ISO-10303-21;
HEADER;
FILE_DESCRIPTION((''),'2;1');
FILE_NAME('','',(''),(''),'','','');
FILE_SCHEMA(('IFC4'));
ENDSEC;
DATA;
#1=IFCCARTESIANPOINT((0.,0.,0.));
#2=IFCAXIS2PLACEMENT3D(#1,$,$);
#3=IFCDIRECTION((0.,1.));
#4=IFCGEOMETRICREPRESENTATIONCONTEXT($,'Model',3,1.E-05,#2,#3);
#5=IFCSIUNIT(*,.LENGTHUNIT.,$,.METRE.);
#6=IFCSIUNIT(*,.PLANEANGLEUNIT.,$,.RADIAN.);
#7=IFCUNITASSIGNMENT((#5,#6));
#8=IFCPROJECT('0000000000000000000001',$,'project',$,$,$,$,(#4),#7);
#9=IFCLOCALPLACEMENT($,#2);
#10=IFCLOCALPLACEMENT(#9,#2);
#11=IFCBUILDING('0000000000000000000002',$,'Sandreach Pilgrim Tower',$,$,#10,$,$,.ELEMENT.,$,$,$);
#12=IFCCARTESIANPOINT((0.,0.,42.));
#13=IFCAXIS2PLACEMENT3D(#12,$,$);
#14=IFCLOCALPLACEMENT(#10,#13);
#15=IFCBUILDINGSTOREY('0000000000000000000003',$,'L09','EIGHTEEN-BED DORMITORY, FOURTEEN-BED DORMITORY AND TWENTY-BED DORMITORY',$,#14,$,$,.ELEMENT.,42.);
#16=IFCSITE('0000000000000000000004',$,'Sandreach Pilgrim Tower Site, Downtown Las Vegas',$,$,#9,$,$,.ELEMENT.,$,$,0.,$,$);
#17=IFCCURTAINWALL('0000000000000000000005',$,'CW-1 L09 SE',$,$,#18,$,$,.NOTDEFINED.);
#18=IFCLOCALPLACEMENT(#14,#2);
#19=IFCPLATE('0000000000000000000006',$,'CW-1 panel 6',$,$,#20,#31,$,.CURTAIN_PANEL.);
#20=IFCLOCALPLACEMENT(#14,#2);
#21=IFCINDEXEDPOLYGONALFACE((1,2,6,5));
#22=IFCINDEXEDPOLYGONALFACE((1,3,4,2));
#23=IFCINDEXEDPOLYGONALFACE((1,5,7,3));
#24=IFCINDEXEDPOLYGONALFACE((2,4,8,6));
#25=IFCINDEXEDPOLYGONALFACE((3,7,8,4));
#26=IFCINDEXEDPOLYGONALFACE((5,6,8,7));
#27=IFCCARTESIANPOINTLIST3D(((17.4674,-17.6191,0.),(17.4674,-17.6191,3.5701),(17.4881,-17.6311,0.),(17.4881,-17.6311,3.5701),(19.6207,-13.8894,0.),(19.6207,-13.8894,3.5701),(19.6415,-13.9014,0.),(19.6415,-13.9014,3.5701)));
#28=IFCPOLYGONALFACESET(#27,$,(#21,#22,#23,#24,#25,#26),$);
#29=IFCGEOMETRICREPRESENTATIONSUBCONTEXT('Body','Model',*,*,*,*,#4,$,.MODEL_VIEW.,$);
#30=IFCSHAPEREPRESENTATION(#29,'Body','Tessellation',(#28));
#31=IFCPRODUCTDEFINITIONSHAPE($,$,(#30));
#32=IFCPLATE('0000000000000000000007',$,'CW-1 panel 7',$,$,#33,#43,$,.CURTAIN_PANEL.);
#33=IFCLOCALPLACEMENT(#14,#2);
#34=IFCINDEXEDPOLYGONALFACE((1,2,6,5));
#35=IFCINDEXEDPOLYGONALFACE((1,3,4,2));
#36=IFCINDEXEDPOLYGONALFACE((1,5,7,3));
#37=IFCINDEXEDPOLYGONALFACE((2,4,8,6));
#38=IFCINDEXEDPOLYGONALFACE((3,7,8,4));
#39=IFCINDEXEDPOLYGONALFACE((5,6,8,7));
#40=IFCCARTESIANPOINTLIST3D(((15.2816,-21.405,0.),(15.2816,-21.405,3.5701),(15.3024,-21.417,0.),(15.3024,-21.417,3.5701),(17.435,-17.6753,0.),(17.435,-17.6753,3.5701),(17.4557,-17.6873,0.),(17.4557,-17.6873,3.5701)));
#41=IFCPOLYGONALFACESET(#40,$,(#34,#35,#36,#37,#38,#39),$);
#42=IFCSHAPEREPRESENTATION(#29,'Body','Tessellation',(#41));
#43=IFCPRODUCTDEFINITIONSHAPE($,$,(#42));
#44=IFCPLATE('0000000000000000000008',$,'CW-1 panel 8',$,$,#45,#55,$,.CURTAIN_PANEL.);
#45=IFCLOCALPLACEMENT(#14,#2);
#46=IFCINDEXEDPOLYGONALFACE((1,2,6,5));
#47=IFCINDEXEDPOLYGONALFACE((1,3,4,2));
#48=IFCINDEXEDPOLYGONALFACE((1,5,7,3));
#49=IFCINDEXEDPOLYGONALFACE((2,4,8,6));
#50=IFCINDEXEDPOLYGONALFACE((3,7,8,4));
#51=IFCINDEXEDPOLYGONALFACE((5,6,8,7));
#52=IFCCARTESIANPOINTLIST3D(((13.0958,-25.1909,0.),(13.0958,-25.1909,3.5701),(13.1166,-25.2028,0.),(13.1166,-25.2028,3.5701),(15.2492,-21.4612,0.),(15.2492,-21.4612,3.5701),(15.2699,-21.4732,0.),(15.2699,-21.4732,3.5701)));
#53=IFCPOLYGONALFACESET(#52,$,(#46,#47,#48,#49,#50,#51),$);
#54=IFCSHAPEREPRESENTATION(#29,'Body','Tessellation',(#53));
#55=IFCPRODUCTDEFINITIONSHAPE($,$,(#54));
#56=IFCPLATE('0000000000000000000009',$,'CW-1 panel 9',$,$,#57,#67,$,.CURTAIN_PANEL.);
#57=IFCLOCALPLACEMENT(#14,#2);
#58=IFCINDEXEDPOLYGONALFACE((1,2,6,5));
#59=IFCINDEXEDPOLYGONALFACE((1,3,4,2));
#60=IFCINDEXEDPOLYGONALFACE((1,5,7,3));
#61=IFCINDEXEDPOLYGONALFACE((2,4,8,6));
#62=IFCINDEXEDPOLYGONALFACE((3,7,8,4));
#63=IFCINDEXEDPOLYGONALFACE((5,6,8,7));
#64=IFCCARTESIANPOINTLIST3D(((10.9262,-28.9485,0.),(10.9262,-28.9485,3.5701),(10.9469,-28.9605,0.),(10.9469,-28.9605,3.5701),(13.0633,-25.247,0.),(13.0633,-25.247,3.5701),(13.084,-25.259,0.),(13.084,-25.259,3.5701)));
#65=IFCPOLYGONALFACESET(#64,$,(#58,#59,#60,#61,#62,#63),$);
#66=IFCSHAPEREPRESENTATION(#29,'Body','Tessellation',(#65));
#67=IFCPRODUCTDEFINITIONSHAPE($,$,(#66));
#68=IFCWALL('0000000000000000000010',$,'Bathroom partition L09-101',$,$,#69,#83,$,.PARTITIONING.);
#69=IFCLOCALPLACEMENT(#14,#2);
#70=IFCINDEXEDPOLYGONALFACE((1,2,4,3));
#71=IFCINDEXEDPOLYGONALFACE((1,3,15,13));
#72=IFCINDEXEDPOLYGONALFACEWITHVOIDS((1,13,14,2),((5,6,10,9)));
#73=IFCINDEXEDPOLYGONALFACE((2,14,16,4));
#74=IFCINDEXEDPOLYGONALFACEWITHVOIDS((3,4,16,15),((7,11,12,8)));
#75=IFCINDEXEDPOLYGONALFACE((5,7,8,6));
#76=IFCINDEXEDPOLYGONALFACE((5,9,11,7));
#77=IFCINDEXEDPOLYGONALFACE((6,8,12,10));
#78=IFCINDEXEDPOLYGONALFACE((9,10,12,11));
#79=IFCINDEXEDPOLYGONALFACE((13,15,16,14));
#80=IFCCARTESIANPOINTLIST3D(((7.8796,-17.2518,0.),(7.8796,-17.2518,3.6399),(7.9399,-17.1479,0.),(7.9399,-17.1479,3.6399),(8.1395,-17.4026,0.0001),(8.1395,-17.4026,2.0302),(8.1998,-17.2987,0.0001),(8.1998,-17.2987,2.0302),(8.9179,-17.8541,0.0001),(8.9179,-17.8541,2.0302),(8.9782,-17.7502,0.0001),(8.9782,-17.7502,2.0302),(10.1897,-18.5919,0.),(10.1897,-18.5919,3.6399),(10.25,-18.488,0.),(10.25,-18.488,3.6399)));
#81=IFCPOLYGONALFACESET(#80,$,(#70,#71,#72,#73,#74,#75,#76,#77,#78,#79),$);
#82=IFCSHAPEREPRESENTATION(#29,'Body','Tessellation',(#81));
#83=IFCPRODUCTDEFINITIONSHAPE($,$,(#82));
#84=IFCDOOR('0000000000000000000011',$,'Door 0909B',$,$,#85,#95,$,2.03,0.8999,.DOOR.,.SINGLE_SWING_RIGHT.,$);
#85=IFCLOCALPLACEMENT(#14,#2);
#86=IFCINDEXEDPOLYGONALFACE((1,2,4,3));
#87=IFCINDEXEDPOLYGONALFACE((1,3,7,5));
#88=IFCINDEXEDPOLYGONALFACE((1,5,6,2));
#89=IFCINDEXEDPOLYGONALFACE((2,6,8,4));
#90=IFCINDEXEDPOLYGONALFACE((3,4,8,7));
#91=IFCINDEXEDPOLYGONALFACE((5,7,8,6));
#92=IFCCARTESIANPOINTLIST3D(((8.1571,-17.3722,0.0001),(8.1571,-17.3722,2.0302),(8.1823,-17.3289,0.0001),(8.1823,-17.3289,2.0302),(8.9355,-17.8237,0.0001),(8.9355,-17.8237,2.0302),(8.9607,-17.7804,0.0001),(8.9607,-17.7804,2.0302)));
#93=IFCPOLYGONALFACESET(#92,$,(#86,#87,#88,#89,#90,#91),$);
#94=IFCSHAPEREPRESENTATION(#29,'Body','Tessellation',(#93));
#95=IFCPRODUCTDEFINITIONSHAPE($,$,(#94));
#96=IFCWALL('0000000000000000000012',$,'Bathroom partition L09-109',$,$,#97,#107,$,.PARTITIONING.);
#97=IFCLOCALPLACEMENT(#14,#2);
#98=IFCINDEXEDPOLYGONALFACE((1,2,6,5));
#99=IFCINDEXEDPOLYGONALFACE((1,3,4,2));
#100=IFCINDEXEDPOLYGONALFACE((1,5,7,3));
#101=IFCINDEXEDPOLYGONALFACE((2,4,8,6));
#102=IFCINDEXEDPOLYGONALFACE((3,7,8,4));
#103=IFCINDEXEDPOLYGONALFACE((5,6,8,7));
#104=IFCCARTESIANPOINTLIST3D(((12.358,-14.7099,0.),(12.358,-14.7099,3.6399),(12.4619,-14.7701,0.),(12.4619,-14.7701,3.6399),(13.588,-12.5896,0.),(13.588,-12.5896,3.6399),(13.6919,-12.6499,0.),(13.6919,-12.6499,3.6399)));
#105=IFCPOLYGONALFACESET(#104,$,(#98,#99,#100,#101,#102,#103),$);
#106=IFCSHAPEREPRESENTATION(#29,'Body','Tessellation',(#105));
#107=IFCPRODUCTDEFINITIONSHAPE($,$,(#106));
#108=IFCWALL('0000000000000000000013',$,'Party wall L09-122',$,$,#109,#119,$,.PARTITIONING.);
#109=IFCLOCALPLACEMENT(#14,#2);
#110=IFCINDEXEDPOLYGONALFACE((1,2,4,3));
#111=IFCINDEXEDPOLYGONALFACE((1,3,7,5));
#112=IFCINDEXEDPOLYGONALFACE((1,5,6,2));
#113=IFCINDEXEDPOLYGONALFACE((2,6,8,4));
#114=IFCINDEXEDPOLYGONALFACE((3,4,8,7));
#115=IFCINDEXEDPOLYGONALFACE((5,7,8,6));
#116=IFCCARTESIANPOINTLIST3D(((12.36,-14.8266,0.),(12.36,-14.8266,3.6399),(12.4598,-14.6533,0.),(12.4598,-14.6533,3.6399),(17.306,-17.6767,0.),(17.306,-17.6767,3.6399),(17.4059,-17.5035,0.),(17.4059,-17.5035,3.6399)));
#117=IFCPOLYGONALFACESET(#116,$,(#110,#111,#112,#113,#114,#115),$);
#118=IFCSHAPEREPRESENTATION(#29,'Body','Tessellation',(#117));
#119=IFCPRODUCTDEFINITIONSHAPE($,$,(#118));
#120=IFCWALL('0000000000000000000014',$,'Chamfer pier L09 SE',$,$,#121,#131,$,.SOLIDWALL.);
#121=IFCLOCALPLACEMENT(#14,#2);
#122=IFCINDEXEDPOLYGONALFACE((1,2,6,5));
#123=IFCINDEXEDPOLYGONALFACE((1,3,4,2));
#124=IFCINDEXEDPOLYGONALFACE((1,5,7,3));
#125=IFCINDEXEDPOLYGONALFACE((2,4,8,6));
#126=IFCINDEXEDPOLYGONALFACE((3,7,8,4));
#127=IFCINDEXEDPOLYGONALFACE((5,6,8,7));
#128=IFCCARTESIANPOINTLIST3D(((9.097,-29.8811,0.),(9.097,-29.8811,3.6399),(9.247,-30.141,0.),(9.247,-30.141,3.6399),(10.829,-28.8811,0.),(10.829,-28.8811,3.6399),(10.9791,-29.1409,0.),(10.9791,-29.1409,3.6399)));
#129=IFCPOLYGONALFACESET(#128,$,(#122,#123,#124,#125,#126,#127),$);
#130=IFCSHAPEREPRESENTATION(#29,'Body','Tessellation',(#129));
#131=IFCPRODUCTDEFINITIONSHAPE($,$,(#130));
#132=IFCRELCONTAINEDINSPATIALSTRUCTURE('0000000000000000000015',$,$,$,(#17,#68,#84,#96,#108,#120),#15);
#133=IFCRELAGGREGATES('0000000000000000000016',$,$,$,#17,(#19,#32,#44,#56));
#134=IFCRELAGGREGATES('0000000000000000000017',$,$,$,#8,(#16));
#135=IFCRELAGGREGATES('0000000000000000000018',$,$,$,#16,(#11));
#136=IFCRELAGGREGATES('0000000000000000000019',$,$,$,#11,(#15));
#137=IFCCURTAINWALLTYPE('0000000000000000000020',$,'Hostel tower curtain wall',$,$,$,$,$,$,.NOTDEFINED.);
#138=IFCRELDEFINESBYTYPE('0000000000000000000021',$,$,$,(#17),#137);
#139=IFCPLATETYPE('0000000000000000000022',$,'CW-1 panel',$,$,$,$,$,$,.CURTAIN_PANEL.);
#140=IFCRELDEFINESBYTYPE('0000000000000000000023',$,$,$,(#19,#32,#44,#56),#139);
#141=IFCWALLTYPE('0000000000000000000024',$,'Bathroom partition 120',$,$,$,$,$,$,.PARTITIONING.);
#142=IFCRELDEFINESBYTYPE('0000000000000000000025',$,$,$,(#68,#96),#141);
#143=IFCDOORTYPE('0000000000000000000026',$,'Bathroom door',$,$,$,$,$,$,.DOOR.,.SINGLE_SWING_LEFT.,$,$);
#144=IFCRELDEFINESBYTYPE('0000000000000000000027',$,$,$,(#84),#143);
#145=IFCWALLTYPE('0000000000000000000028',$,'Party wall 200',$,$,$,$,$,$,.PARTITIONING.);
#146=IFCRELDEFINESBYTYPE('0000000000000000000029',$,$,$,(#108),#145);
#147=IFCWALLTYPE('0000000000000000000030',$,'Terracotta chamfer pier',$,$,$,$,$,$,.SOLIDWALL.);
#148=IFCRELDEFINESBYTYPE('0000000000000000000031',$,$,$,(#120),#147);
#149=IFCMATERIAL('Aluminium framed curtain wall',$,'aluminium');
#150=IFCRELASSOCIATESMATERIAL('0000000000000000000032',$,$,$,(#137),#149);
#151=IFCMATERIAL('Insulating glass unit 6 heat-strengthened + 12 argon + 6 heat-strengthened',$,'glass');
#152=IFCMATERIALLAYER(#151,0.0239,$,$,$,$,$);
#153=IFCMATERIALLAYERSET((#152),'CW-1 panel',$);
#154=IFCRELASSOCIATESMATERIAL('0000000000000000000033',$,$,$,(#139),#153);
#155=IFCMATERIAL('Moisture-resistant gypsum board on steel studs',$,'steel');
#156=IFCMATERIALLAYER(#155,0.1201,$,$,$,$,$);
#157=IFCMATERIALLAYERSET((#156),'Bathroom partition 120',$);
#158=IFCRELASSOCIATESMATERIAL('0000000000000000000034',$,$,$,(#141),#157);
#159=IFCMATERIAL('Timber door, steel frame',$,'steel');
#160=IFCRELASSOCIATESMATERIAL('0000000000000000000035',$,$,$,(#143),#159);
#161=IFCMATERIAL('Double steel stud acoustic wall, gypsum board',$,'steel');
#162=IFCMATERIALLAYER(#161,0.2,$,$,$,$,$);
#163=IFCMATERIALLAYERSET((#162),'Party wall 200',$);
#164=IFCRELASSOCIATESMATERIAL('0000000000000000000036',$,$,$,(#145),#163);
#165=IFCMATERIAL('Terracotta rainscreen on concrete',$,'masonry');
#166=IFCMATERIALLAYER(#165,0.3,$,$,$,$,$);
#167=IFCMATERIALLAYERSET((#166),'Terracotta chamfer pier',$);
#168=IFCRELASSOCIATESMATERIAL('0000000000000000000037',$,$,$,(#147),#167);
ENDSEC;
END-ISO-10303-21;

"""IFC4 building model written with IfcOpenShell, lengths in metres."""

from ifc_helpers import new_model, si_unit, direction, frame, frame_2d, origin, origin_2d, place, context, subcontext, project, spatial, rectangle, extrude, material, layer, layer_set, type_object, element, fill, aggregate, save


model = new_model("IFC4")

# Units and contexts
model_context = context("Model", 3, precision=1e-05, world=origin(), true_north=direction((0.0, 1.0)))
body_context = subcontext(model_context, "Body", "Model", "MODEL_VIEW")
ifc_project = project(units=[si_unit("LENGTHUNIT", "METRE"), si_unit("PLANEANGLEUNIT", "RADIAN")], contexts=[model_context])

# Site, building, storey
site_placement = place(None, origin())
site = spatial("IfcSite", under=ifc_project, at=site_placement, Name="Sandreach Pilgrim Tower Site, Downtown Las Vegas", CompositionType="ELEMENT", RefElevation=0.0)
building_placement = place(site_placement, origin())
building = spatial("IfcBuilding", under=site, at=building_placement, Name="Sandreach Pilgrim Tower", CompositionType="ELEMENT")
storey_placement = place(building_placement, frame((0.0, 0.0, 42.0)))
storey = spatial("IfcBuildingStorey", under=building, at=storey_placement, Name="L09", Description="EIGHTEEN-BED DORMITORY, FOURTEEN-BED DORMITORY AND TWENTY-BED DORMITORY", CompositionType="ELEMENT", Elevation=42.0)

# Curtain wall
ifc_material_1 = material(Name="Aluminium framed curtain wall", Category="aluminium")
curtain_wall_type = type_object("IfcCurtainWallType", Name="Hostel tower curtain wall", PredefinedType="NOTDEFINED", material=ifc_material_1)
curtain_wall_1_placement = place(storey_placement, origin())
curtain_wall_1 = element("IfcCurtainWall", 1, at=curtain_wall_1_placement, inside=storey, type_object=curtain_wall_type, Name="CW-1 L09 SE", PredefinedType="NOTDEFINED")

# Plates
ifc_material_2 = material(Name="Insulating glass unit 6 heat-strengthened + 12 argon + 6 heat-strengthened", Category="glass")
ifc_layer_1 = layer(ifc_material_2, 0.0239)
ifc_layer_set_1 = layer_set([ifc_layer_1], Name="CW-1 panel")
plate_type = type_object("IfcPlateType", Name="CW-1 panel", PredefinedType="CURTAIN_PANEL", material=ifc_layer_set_1)
plate_1_placement = place(storey_placement, frame((18.5544, -15.7603, 0.0), z_axis=(0.0, 0.0, 1.0), x_axis=(-0.5, -0.866025, 0.0)))
plate_1 = element("IfcPlate", 2, at=plate_1_placement, type_object=plate_type, Name="CW-1 panel 6", PredefinedType="CURTAIN_PANEL", context=body_context, shape_type="SweptSolid", body=[
    extrude(rectangle(XDim=4.3066, YDim=0.0239, at=origin_2d()), origin(), (0.0, 0.0, 1.0), 3.5701),
])
plate_2_placement = place(storey_placement, frame((16.3687, -19.5461, 0.0), z_axis=(0.0, 0.0, 1.0), x_axis=(-0.5, -0.866025, 0.0)))
plate_2 = element("IfcPlate", 3, at=plate_2_placement, type_object=plate_type, Name="CW-1 panel 7", PredefinedType="CURTAIN_PANEL", context=body_context, shape_type="SweptSolid", body=[
    extrude(rectangle(XDim=4.3066, YDim=0.0239, at=origin_2d()), origin(), (0.0, 0.0, 1.0), 3.5701),
])
plate_3_placement = place(storey_placement, frame((14.1829, -23.332, 0.0), z_axis=(0.0, 0.0, 1.0), x_axis=(-0.5, -0.866025, 0.0)))
plate_3 = element("IfcPlate", 4, at=plate_3_placement, type_object=plate_type, Name="CW-1 panel 8", PredefinedType="CURTAIN_PANEL", context=body_context, shape_type="SweptSolid", body=[
    extrude(rectangle(XDim=4.3066, YDim=0.0239, at=origin_2d()), origin(), (0.0, 0.0, 1.0), 3.5701),
])
plate_4_placement = place(storey_placement, frame((12.0051, -27.1038, 0.0), z_axis=(0.0, 0.0, 1.0), x_axis=(-0.5, -0.866025, 0.0)))
plate_4 = element("IfcPlate", 5, at=plate_4_placement, type_object=plate_type, Name="CW-1 panel 9", PredefinedType="CURTAIN_PANEL", context=body_context, shape_type="SweptSolid", body=[
    extrude(rectangle(XDim=4.2742, YDim=0.0239, at=origin_2d()), origin(), (0.0, 0.0, 1.0), 3.5701),
])
aggregate(curtain_wall_1, [plate_1, plate_2, plate_3, plate_4])

# Wall, opening, door
ifc_material_3 = material(Name="Moisture-resistant gypsum board on steel studs", Category="steel")
ifc_layer_2 = layer(ifc_material_3, 0.1201)
ifc_layer_set_2 = layer_set([ifc_layer_2], Name="Bathroom partition 120")
wall_type_1 = type_object("IfcWallType", Name="Bathroom partition 120", PredefinedType="PARTITIONING", material=ifc_layer_set_2)
wall_1_placement = place(storey_placement, frame((10.22, -18.54, 0.0), z_axis=(0.0, 0.0, 1.0), x_axis=(-0.86499, 0.501789, 0.0)))
wall_1 = element("IfcWall", 6, at=wall_1_placement, inside=storey, type_object=wall_type_1, Name="Bathroom partition L09-101", PredefinedType="PARTITIONING", context=body_context, shape_type="SweptSolid", body=[
    extrude(rectangle(XDim=2.6707, YDim=0.1201, at=frame_2d((1.3354, 0.0))), origin(), (0.0, 0.0, 1.0), 3.6399),
])
opening_placement = place(wall_1_placement, frame((1.4705, 0.0, 0.0)))
opening = element("IfcOpeningElement", 7, at=opening_placement, cuts=wall_1, PredefinedType="OPENING", context=body_context, shape_type="SweptSolid", body=[
    extrude(rectangle(XDim=0.8999, YDim=2.03, at=frame_2d((0.45, 1.0151))), frame((0.0, 0.0601, 0.0), z_axis=(0.0, -1.0, 0.0), x_axis=(1.0, 0.0, 0.0)), (0.0, 0.0, 1.0), 0.1201),
])
ifc_material_4 = material(Name="Timber door, steel frame", Category="steel")
door_type = type_object("IfcDoorType", Name="Bathroom door", OperationType="SINGLE_SWING_LEFT", PredefinedType="DOOR", material=ifc_material_4)
door_placement = place(opening_placement, origin())
door = element("IfcDoor", 8, at=door_placement, inside=storey, type_object=door_type, Name="Door 0909B", OperationType="SINGLE_SWING_RIGHT", OverallHeight=2.03, OverallWidth=0.8999, PredefinedType="DOOR", context=body_context, shape_type="SweptSolid", body=[
    extrude(rectangle(XDim=0.8999, YDim=2.03, at=frame_2d((0.45, 1.0151))), frame((0.0, 0.0249, 0.0), z_axis=(0.0, -1.0, 0.0), x_axis=(1.0, 0.0, 0.0)), (0.0, 0.0, 1.0), 0.05),
])
fill(opening, door)

# Walls
wall_2_placement = place(storey_placement, frame((12.4099, -14.74, 0.0), z_axis=(0.0, 0.0, 1.0), x_axis=(0.501813, 0.864976, 0.0)))
element("IfcWall", 9, at=wall_2_placement, inside=storey, type_object=wall_type_1, Name="Bathroom partition L09-109", PredefinedType="PARTITIONING", context=body_context, shape_type="SweptSolid", body=[
    extrude(rectangle(XDim=2.4512, YDim=0.1201, at=frame_2d((1.2256, 0.0))), origin(), (0.0, 0.0, 1.0), 3.6399),
])
ifc_material_5 = material(Name="Double steel stud acoustic wall, gypsum board", Category="steel")
ifc_layer_3 = layer(ifc_material_5, 0.2)
ifc_layer_set_3 = layer_set([ifc_layer_3], Name="Party wall 200")
wall_type_2 = type_object("IfcWallType", Name="Party wall 200", PredefinedType="PARTITIONING", material=ifc_layer_set_3)
wall_3_placement = place(storey_placement, frame((17.356, -17.5901, 0.0), z_axis=(0.0, 0.0, 1.0), x_axis=(-0.866443, 0.499277, 0.0)))
element("IfcWall", 10, at=wall_3_placement, inside=storey, type_object=wall_type_2, Name="Party wall L09-122", PredefinedType="PARTITIONING", context=body_context, shape_type="SweptSolid", body=[
    extrude(rectangle(XDim=5.7085, YDim=0.2, at=frame_2d((2.8542, 0.0))), origin(), (0.0, 0.0, 1.0), 3.6399),
])
ifc_material_6 = material(Name="Terracotta rainscreen on concrete", Category="masonry")
ifc_layer_4 = layer(ifc_material_6, 0.3)
ifc_layer_set_4 = layer_set([ifc_layer_4], Name="Terracotta chamfer pier")
wall_type_3 = type_object("IfcWallType", Name="Terracotta chamfer pier", PredefinedType="SOLIDWALL", material=ifc_layer_set_4)
wall_4_placement = place(storey_placement, frame((10.9041, -29.011, 0.0), z_axis=(0.0, 0.0, 1.0), x_axis=(-0.866011, -0.500025, 0.0)))
element("IfcWall", 11, at=wall_4_placement, inside=storey, type_object=wall_type_3, Name="Chamfer pier L09 SE", PredefinedType="SOLIDWALL", context=body_context, shape_type="SweptSolid", body=[
    extrude(rectangle(XDim=2.0, YDim=0.3, at=frame_2d((1.0, 0.0))), origin(), (0.0, 0.0, 1.0), 3.6399),
])

save(model, "model.ifc")
